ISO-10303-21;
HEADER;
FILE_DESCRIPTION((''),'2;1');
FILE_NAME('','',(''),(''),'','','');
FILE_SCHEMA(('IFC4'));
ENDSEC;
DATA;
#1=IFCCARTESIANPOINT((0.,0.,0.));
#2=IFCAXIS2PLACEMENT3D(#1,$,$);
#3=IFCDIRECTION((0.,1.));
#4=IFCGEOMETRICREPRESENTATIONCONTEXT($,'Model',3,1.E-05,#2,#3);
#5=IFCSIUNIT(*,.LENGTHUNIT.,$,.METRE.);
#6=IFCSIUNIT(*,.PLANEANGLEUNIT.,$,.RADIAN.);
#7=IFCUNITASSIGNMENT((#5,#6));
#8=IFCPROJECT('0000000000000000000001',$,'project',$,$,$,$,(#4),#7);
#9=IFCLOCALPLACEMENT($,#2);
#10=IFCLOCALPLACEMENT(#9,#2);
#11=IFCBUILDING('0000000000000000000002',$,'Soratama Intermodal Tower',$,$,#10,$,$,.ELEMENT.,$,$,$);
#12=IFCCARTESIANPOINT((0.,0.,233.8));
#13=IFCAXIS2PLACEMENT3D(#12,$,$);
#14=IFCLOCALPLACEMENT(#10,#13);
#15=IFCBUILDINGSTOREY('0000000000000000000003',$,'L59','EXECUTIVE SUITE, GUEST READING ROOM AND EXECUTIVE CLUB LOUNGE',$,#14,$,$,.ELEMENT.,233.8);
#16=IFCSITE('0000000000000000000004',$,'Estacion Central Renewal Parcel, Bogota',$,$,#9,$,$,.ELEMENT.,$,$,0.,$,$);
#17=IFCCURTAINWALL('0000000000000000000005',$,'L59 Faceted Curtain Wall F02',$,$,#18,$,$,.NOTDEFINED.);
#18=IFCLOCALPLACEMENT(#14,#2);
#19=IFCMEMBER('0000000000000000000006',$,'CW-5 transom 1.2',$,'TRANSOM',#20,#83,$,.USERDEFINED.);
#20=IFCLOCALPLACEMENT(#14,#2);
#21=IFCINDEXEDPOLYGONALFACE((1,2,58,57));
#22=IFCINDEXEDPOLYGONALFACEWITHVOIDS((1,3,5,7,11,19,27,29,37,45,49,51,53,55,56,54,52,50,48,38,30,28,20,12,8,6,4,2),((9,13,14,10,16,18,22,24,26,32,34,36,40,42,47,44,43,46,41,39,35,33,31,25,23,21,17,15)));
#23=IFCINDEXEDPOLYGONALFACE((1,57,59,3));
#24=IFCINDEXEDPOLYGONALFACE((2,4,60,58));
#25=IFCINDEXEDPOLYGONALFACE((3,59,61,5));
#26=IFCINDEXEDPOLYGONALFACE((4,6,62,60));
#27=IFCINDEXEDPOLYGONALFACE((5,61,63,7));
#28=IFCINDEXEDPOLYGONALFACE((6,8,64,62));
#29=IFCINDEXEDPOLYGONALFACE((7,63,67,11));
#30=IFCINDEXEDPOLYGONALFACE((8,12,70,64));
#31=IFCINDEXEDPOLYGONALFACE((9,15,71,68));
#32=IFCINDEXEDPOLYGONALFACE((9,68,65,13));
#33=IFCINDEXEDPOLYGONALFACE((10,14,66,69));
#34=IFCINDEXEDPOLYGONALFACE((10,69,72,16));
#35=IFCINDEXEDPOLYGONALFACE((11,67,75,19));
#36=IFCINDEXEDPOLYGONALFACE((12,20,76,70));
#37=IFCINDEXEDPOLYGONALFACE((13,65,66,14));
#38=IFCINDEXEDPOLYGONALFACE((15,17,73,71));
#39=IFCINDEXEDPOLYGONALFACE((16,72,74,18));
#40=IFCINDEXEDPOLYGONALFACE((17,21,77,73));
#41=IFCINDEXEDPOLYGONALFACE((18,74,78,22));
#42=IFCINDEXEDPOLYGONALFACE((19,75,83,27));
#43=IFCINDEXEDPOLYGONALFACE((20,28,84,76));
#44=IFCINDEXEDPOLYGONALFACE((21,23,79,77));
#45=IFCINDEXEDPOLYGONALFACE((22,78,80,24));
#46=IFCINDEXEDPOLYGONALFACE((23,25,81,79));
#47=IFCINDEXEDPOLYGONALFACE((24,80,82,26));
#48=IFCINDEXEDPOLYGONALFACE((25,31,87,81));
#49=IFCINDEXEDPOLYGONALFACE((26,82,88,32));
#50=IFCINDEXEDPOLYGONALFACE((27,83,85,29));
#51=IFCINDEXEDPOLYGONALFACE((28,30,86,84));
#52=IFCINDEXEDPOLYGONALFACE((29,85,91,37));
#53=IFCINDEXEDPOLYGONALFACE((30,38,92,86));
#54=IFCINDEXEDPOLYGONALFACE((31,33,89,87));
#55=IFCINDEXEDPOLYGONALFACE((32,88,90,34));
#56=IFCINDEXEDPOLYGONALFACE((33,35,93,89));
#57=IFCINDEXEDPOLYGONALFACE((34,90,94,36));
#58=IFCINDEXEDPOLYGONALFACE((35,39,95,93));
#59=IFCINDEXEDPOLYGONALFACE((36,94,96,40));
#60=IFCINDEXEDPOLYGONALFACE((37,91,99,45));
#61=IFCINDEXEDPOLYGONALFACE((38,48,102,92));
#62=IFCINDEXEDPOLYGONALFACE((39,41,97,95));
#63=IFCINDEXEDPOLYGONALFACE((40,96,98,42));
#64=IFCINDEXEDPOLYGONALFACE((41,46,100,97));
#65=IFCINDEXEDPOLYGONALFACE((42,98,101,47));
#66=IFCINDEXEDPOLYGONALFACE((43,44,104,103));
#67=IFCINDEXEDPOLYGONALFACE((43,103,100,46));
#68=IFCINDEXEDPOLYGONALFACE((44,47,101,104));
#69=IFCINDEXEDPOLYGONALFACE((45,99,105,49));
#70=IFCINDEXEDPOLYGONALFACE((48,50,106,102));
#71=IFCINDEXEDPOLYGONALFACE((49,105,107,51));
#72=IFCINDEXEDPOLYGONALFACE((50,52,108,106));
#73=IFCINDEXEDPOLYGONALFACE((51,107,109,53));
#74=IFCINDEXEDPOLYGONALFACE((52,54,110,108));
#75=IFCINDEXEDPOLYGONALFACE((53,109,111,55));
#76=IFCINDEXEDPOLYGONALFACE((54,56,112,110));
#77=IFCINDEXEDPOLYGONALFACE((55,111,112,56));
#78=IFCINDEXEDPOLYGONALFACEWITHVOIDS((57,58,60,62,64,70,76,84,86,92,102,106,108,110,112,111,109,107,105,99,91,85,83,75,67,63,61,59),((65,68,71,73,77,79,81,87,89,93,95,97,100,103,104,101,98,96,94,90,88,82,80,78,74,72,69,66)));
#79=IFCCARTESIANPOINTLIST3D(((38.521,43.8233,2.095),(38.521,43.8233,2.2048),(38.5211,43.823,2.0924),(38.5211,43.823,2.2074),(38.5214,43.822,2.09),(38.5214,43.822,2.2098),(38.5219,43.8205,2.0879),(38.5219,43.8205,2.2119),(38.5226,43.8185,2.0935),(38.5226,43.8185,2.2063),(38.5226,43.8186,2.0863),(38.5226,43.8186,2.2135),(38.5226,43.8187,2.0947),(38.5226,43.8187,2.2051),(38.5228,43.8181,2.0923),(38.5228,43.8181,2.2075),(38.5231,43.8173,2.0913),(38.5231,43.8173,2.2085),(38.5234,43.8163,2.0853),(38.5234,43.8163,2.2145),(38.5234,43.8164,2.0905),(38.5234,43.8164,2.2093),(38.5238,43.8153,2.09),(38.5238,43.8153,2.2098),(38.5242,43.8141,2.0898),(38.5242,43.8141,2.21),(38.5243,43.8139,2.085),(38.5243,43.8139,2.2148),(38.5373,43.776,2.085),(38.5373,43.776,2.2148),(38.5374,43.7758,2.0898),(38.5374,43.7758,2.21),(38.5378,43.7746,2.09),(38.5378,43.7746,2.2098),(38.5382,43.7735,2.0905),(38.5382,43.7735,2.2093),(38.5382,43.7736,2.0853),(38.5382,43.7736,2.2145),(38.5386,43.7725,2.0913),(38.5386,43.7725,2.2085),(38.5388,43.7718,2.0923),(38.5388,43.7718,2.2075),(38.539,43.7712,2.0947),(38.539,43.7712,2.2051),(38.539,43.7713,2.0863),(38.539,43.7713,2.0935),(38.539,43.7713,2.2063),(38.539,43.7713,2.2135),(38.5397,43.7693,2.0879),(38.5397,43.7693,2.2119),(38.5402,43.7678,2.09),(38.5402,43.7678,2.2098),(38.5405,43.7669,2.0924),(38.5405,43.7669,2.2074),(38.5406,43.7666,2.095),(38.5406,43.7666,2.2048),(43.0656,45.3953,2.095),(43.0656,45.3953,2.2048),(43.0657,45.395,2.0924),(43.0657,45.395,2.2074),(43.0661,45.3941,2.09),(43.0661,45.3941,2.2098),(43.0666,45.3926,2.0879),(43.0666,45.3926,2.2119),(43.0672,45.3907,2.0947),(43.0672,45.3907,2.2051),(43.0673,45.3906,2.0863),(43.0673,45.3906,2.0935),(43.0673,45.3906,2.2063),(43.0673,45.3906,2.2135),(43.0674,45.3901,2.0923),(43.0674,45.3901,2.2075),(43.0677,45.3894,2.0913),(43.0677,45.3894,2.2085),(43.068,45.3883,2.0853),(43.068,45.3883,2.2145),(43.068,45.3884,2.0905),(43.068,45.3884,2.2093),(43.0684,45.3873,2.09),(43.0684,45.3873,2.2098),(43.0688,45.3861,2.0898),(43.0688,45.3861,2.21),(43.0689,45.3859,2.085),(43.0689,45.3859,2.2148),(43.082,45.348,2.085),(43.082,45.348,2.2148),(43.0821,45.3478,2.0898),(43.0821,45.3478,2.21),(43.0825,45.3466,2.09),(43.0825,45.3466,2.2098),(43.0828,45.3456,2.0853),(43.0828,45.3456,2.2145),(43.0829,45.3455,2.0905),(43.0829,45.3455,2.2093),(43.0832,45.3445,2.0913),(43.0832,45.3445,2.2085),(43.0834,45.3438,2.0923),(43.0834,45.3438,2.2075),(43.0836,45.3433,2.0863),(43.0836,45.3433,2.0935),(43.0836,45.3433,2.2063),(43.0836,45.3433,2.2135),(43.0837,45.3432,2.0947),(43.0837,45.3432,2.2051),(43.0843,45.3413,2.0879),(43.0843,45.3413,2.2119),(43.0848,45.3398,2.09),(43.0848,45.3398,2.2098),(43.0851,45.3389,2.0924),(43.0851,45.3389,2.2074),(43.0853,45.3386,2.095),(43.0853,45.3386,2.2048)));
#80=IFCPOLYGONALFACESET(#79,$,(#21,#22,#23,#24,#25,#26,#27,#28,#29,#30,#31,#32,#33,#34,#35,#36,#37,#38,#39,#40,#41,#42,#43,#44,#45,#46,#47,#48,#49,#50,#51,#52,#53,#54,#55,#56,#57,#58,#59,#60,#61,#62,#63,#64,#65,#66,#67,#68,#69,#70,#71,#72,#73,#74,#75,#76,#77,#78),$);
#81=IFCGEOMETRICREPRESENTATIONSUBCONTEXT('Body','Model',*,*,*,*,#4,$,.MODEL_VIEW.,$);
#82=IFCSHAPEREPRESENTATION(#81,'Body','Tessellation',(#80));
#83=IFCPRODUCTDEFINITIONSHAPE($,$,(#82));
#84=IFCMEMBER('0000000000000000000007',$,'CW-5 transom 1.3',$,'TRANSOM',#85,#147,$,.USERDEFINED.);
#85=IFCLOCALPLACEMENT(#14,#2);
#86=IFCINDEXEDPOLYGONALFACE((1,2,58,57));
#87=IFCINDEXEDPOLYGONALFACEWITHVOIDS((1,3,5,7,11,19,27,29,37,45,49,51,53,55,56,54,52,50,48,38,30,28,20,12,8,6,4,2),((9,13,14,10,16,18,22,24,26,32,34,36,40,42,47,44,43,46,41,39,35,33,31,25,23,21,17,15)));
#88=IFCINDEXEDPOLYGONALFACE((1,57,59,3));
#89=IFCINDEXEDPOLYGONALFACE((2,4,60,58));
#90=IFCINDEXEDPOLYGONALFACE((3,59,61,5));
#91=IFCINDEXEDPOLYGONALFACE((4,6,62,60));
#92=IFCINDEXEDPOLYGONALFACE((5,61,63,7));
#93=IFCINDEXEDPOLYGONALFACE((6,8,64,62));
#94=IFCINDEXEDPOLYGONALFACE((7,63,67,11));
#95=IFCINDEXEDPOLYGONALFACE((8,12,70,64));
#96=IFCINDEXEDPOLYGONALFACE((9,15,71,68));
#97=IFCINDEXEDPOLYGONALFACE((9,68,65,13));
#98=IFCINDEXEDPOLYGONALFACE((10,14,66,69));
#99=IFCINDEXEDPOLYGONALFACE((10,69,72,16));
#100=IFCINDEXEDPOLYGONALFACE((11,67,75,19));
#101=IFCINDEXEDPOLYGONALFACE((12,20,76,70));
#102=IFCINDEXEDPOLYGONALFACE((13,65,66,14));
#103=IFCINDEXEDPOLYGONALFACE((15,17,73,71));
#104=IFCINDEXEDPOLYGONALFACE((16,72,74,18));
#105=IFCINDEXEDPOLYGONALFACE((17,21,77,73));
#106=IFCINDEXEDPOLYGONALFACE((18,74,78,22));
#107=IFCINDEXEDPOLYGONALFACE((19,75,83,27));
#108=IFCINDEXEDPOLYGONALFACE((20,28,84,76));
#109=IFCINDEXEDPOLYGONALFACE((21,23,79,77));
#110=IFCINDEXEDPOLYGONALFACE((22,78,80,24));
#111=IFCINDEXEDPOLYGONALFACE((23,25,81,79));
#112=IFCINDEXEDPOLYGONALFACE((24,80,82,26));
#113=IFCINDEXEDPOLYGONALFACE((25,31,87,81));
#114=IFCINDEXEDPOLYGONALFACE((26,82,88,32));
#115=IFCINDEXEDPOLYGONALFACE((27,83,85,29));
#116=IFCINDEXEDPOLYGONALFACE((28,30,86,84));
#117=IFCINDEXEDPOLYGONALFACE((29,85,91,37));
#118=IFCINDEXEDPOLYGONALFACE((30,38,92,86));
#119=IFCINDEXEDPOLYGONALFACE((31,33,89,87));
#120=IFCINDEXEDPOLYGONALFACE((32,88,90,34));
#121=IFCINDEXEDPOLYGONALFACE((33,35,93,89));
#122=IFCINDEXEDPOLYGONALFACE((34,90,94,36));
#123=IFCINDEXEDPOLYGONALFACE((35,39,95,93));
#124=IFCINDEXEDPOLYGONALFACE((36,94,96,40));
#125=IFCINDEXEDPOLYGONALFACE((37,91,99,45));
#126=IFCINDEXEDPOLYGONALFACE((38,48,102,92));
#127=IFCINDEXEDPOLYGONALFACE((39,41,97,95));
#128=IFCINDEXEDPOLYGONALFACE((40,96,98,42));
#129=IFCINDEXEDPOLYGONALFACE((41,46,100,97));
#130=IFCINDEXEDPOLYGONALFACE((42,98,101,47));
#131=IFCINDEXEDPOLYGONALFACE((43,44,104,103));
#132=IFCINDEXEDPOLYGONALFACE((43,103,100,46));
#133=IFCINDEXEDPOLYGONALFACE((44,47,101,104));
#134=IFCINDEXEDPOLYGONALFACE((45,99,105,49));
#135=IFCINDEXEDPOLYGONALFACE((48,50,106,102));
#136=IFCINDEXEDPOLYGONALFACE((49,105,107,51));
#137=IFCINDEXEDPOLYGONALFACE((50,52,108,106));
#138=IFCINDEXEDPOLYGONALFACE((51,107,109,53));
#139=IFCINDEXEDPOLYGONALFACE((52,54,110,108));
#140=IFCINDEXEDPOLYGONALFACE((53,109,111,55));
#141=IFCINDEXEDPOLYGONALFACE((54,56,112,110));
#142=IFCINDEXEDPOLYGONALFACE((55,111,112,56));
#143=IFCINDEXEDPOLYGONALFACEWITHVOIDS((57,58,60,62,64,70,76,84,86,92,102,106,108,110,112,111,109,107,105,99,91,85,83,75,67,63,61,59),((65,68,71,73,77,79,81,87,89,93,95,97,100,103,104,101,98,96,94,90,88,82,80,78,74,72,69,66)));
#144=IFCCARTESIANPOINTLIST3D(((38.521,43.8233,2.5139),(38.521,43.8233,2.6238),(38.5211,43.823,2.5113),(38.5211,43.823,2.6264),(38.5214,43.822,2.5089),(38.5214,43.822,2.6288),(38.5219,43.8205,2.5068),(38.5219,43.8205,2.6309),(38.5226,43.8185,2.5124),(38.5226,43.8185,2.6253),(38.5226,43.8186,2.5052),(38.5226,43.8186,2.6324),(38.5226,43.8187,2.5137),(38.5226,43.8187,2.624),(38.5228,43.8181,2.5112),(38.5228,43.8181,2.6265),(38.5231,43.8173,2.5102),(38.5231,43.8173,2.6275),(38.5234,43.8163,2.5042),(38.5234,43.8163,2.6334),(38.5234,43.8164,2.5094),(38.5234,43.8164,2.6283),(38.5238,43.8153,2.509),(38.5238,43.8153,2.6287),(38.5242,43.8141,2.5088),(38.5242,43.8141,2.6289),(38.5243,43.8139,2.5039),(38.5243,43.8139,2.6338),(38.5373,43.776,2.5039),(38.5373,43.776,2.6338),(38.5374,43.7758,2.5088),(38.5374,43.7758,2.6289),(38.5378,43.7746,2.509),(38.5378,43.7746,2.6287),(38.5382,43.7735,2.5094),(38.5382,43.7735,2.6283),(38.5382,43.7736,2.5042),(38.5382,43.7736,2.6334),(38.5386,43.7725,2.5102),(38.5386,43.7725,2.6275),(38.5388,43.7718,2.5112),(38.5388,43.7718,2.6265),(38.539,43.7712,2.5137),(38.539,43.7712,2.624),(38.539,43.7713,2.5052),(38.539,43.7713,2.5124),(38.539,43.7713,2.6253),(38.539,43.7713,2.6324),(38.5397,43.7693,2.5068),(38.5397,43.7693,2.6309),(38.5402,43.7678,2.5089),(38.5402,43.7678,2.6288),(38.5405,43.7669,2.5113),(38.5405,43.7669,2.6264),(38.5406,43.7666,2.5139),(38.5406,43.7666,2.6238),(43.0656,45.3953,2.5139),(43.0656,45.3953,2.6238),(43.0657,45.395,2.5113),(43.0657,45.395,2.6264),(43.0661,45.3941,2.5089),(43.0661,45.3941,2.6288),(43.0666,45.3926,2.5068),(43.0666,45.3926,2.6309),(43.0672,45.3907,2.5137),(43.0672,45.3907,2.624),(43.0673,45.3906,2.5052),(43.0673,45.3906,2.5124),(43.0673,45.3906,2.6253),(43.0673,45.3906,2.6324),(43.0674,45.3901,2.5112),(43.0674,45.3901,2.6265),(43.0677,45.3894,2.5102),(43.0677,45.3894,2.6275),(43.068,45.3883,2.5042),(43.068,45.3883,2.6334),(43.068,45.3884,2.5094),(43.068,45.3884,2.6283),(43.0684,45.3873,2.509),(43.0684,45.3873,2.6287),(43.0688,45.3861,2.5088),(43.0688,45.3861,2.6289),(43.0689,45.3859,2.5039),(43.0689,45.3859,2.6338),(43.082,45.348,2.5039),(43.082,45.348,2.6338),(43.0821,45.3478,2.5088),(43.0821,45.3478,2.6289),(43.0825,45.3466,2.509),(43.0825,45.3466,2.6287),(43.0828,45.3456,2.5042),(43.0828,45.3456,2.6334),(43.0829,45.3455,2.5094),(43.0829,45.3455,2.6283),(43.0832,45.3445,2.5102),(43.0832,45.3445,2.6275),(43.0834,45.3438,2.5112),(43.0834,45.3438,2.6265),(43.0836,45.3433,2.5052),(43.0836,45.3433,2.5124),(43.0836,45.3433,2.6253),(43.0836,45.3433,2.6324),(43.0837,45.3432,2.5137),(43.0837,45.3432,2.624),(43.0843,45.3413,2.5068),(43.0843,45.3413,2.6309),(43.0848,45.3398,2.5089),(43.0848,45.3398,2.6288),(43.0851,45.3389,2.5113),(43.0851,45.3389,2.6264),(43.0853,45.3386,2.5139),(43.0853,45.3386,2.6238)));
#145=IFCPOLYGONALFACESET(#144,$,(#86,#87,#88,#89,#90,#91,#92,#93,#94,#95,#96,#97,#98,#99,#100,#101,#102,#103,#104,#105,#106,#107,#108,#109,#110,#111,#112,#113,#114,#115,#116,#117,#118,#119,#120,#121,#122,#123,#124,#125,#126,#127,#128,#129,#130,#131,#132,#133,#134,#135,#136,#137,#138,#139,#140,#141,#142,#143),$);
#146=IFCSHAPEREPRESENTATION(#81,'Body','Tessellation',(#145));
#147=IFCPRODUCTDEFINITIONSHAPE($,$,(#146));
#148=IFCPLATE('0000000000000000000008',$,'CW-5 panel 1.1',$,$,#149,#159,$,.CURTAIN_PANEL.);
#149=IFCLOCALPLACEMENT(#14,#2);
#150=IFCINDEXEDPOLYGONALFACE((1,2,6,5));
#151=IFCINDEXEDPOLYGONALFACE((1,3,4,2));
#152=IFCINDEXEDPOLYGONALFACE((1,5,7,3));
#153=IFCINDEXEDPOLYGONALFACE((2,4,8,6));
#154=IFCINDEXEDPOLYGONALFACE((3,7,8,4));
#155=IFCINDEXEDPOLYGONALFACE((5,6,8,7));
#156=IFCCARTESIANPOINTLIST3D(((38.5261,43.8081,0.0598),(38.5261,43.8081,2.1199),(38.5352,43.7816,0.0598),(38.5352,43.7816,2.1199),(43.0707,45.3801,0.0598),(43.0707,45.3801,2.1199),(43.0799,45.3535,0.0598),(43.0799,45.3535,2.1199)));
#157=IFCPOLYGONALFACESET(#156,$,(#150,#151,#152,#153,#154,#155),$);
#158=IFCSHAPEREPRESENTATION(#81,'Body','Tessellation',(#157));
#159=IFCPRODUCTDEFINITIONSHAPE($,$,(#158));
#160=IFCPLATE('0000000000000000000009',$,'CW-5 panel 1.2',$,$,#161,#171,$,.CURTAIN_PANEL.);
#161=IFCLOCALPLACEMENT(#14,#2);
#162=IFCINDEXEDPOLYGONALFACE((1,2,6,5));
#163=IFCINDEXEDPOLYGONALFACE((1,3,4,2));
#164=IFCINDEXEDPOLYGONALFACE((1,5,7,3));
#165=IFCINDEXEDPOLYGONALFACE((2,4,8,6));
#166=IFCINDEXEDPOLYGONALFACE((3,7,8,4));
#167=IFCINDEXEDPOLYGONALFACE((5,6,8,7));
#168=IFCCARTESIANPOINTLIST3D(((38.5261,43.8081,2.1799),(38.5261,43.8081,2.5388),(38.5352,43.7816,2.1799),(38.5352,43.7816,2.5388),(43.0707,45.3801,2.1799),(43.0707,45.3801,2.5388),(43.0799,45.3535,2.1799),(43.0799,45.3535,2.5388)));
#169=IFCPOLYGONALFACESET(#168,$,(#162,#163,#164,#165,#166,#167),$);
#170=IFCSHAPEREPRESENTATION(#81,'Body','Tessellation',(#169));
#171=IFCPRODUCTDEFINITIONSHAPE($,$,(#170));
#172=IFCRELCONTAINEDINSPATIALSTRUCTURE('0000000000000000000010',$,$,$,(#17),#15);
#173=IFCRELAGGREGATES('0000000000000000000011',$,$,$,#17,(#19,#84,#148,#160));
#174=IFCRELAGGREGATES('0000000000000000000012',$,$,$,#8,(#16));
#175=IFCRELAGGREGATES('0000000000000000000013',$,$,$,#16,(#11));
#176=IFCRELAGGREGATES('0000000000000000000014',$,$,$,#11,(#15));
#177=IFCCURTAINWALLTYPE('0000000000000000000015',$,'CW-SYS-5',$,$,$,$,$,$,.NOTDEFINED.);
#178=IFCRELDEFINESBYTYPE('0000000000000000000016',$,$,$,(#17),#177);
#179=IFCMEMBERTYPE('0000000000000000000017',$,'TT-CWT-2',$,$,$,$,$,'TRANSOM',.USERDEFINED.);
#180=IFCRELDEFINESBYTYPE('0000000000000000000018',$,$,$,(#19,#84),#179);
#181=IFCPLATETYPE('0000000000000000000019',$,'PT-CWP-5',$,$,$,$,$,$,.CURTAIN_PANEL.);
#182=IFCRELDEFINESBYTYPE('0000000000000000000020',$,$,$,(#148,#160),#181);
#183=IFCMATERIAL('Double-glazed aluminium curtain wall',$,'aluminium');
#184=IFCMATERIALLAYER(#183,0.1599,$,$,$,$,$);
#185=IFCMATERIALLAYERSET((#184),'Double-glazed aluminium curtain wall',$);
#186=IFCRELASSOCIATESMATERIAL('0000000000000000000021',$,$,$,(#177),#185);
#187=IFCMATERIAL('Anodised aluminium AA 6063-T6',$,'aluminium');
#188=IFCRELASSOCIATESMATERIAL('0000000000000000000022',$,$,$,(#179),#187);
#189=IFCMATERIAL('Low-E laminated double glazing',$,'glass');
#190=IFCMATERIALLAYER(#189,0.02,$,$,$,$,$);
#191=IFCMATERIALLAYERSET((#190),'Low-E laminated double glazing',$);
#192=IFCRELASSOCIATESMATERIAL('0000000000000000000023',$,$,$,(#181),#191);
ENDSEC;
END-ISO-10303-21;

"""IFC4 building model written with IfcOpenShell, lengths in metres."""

from ifc_helpers import new_model, si_unit, direction, frame, origin, origin_2d, place, context, subcontext, project, spatial, rectangle, hollow_rectangle, extrude, material, layer, layer_set, material_profile, profile_set, type_object, element, aggregate, save


model = new_model("IFC4")

# Units and contexts
model_context = context("Model", 3, precision=1e-05, world=origin(), true_north=direction((0.0, 1.0)))
body_context = subcontext(model_context, "Body", "Model", "MODEL_VIEW")
ifc_project = project(units=[si_unit("LENGTHUNIT", "METRE"), si_unit("PLANEANGLEUNIT", "RADIAN")], contexts=[model_context])

# Site, building, storey
site_placement = place(None, origin())
site = spatial("IfcSite", under=ifc_project, at=site_placement, Name="Estacion Central Renewal Parcel, Bogota", CompositionType="ELEMENT", RefElevation=0.0)
building_placement = place(site_placement, origin())
building = spatial("IfcBuilding", under=site, at=building_placement, Name="Soratama Intermodal Tower", CompositionType="ELEMENT")
storey_placement = place(building_placement, frame((0.0, 0.0, 233.8)))
storey = spatial("IfcBuildingStorey", under=building, at=storey_placement, Name="L59", Description="EXECUTIVE SUITE, GUEST READING ROOM AND EXECUTIVE CLUB LOUNGE", CompositionType="ELEMENT", Elevation=233.8)

# Curtain wall, members, plates
ifc_material_1 = material(Name="Double-glazed aluminium curtain wall", Category="aluminium")
ifc_layer_1 = layer(ifc_material_1, 0.1599)
ifc_layer_set_1 = layer_set([ifc_layer_1], Name="Double-glazed aluminium curtain wall")
curtain_wall_type = type_object("IfcCurtainWallType", Name="CW-SYS-5", PredefinedType="NOTDEFINED", material=ifc_layer_set_1)
curtain_wall_placement = place(storey_placement, origin())
curtain_wall = element("IfcCurtainWall", 1, at=curtain_wall_placement, inside=storey, type_object=curtain_wall_type, Name="L59 Faceted Curtain Wall F02", PredefinedType="NOTDEFINED")
ifc_material_2 = material(Name="Anodised aluminium AA 6063-T6", Category="aluminium")
ifc_material_profile_1 = material_profile(ifc_material_2, hollow_rectangle(XDim=0.0601, YDim=0.1299, WallThickness=0.0049, InnerFilletRadius=0.0049, OuterFilletRadius=0.01, at=origin_2d()), Name="CWT130X60X5")
ifc_profile_set_1 = profile_set([ifc_material_profile_1], Name="Anodised aluminium AA 6063-T6")
member_type_1 = type_object("IfcMemberType", Name="TT-CWT-2", ElementType="TRANSOM", PredefinedType="USERDEFINED", material=ifc_profile_set_1)
member_1_placement = place(storey_placement, frame((43.0754, 45.3669, 2.1499), z_axis=(-0.945059, -0.3269, 0.0), x_axis=(0.3269, -0.945059, 0.0)))
member_1 = element("IfcMember", 2, at=member_1_placement, type_object=member_type_1, Name="CW-5 transom 1.2", ObjectType="TRANSOM", PredefinedType="USERDEFINED", context=body_context, shape_type="SweptSolid", body=[
    extrude(hollow_rectangle(XDim=0.0601, YDim=0.1299, WallThickness=0.0049, InnerFilletRadius=0.0049, OuterFilletRadius=0.01, at=origin_2d()), origin(), (0.0, 0.0, 1.0), 4.8088),
])
member_2_placement = place(storey_placement, frame((43.0754, 45.3669, 2.5688), z_axis=(-0.945059, -0.3269, 0.0), x_axis=(0.3269, -0.945059, 0.0)))
member_2 = element("IfcMember", 3, at=member_2_placement, type_object=member_type_1, Name="CW-5 transom 1.3", ObjectType="TRANSOM", PredefinedType="USERDEFINED", context=body_context, shape_type="SweptSolid", body=[
    extrude(hollow_rectangle(XDim=0.0601, YDim=0.1299, WallThickness=0.0049, InnerFilletRadius=0.0049, OuterFilletRadius=0.01, at=origin_2d()), origin(), (0.0, 0.0, 1.0), 4.8088),
])
ifc_material_3 = material(Name="Low-E laminated double glazing", Category="glass")
ifc_layer_2 = layer(ifc_material_3, 0.02)
ifc_layer_set_2 = layer_set([ifc_layer_2], Name="Low-E laminated double glazing")
plate_type = type_object("IfcPlateType", Name="PT-CWP-5", PredefinedType="CURTAIN_PANEL", material=ifc_layer_set_2)
plate_1_placement = place(storey_placement, frame((40.803, 44.5808, 0.0598), z_axis=(0.0, 0.0, 1.0), x_axis=(-0.945061, -0.326894, 0.0)))
plate_1 = element("IfcPlate", 4, at=plate_1_placement, type_object=plate_type, Name="CW-5 panel 1.1", PredefinedType="CURTAIN_PANEL", context=body_context, shape_type="SweptSolid", body=[
    extrude(rectangle(XDim=4.8088, YDim=0.0281, at=origin_2d()), origin(), (0.0, 0.0, 1.0), 2.0601),
])
plate_2_placement = place(storey_placement, frame((40.803, 44.5808, 2.1799), z_axis=(0.0, 0.0, 1.0), x_axis=(-0.945061, -0.326894, 0.0)))
plate_2 = element("IfcPlate", 5, at=plate_2_placement, type_object=plate_type, Name="CW-5 panel 1.2", PredefinedType="CURTAIN_PANEL", context=body_context, shape_type="SweptSolid", body=[
    extrude(rectangle(XDim=4.8088, YDim=0.0281, at=origin_2d()), origin(), (0.0, 0.0, 1.0), 0.3589),
])
aggregate(curtain_wall, [member_1, member_2, plate_1, plate_2])

save(model, "model.ifc")
